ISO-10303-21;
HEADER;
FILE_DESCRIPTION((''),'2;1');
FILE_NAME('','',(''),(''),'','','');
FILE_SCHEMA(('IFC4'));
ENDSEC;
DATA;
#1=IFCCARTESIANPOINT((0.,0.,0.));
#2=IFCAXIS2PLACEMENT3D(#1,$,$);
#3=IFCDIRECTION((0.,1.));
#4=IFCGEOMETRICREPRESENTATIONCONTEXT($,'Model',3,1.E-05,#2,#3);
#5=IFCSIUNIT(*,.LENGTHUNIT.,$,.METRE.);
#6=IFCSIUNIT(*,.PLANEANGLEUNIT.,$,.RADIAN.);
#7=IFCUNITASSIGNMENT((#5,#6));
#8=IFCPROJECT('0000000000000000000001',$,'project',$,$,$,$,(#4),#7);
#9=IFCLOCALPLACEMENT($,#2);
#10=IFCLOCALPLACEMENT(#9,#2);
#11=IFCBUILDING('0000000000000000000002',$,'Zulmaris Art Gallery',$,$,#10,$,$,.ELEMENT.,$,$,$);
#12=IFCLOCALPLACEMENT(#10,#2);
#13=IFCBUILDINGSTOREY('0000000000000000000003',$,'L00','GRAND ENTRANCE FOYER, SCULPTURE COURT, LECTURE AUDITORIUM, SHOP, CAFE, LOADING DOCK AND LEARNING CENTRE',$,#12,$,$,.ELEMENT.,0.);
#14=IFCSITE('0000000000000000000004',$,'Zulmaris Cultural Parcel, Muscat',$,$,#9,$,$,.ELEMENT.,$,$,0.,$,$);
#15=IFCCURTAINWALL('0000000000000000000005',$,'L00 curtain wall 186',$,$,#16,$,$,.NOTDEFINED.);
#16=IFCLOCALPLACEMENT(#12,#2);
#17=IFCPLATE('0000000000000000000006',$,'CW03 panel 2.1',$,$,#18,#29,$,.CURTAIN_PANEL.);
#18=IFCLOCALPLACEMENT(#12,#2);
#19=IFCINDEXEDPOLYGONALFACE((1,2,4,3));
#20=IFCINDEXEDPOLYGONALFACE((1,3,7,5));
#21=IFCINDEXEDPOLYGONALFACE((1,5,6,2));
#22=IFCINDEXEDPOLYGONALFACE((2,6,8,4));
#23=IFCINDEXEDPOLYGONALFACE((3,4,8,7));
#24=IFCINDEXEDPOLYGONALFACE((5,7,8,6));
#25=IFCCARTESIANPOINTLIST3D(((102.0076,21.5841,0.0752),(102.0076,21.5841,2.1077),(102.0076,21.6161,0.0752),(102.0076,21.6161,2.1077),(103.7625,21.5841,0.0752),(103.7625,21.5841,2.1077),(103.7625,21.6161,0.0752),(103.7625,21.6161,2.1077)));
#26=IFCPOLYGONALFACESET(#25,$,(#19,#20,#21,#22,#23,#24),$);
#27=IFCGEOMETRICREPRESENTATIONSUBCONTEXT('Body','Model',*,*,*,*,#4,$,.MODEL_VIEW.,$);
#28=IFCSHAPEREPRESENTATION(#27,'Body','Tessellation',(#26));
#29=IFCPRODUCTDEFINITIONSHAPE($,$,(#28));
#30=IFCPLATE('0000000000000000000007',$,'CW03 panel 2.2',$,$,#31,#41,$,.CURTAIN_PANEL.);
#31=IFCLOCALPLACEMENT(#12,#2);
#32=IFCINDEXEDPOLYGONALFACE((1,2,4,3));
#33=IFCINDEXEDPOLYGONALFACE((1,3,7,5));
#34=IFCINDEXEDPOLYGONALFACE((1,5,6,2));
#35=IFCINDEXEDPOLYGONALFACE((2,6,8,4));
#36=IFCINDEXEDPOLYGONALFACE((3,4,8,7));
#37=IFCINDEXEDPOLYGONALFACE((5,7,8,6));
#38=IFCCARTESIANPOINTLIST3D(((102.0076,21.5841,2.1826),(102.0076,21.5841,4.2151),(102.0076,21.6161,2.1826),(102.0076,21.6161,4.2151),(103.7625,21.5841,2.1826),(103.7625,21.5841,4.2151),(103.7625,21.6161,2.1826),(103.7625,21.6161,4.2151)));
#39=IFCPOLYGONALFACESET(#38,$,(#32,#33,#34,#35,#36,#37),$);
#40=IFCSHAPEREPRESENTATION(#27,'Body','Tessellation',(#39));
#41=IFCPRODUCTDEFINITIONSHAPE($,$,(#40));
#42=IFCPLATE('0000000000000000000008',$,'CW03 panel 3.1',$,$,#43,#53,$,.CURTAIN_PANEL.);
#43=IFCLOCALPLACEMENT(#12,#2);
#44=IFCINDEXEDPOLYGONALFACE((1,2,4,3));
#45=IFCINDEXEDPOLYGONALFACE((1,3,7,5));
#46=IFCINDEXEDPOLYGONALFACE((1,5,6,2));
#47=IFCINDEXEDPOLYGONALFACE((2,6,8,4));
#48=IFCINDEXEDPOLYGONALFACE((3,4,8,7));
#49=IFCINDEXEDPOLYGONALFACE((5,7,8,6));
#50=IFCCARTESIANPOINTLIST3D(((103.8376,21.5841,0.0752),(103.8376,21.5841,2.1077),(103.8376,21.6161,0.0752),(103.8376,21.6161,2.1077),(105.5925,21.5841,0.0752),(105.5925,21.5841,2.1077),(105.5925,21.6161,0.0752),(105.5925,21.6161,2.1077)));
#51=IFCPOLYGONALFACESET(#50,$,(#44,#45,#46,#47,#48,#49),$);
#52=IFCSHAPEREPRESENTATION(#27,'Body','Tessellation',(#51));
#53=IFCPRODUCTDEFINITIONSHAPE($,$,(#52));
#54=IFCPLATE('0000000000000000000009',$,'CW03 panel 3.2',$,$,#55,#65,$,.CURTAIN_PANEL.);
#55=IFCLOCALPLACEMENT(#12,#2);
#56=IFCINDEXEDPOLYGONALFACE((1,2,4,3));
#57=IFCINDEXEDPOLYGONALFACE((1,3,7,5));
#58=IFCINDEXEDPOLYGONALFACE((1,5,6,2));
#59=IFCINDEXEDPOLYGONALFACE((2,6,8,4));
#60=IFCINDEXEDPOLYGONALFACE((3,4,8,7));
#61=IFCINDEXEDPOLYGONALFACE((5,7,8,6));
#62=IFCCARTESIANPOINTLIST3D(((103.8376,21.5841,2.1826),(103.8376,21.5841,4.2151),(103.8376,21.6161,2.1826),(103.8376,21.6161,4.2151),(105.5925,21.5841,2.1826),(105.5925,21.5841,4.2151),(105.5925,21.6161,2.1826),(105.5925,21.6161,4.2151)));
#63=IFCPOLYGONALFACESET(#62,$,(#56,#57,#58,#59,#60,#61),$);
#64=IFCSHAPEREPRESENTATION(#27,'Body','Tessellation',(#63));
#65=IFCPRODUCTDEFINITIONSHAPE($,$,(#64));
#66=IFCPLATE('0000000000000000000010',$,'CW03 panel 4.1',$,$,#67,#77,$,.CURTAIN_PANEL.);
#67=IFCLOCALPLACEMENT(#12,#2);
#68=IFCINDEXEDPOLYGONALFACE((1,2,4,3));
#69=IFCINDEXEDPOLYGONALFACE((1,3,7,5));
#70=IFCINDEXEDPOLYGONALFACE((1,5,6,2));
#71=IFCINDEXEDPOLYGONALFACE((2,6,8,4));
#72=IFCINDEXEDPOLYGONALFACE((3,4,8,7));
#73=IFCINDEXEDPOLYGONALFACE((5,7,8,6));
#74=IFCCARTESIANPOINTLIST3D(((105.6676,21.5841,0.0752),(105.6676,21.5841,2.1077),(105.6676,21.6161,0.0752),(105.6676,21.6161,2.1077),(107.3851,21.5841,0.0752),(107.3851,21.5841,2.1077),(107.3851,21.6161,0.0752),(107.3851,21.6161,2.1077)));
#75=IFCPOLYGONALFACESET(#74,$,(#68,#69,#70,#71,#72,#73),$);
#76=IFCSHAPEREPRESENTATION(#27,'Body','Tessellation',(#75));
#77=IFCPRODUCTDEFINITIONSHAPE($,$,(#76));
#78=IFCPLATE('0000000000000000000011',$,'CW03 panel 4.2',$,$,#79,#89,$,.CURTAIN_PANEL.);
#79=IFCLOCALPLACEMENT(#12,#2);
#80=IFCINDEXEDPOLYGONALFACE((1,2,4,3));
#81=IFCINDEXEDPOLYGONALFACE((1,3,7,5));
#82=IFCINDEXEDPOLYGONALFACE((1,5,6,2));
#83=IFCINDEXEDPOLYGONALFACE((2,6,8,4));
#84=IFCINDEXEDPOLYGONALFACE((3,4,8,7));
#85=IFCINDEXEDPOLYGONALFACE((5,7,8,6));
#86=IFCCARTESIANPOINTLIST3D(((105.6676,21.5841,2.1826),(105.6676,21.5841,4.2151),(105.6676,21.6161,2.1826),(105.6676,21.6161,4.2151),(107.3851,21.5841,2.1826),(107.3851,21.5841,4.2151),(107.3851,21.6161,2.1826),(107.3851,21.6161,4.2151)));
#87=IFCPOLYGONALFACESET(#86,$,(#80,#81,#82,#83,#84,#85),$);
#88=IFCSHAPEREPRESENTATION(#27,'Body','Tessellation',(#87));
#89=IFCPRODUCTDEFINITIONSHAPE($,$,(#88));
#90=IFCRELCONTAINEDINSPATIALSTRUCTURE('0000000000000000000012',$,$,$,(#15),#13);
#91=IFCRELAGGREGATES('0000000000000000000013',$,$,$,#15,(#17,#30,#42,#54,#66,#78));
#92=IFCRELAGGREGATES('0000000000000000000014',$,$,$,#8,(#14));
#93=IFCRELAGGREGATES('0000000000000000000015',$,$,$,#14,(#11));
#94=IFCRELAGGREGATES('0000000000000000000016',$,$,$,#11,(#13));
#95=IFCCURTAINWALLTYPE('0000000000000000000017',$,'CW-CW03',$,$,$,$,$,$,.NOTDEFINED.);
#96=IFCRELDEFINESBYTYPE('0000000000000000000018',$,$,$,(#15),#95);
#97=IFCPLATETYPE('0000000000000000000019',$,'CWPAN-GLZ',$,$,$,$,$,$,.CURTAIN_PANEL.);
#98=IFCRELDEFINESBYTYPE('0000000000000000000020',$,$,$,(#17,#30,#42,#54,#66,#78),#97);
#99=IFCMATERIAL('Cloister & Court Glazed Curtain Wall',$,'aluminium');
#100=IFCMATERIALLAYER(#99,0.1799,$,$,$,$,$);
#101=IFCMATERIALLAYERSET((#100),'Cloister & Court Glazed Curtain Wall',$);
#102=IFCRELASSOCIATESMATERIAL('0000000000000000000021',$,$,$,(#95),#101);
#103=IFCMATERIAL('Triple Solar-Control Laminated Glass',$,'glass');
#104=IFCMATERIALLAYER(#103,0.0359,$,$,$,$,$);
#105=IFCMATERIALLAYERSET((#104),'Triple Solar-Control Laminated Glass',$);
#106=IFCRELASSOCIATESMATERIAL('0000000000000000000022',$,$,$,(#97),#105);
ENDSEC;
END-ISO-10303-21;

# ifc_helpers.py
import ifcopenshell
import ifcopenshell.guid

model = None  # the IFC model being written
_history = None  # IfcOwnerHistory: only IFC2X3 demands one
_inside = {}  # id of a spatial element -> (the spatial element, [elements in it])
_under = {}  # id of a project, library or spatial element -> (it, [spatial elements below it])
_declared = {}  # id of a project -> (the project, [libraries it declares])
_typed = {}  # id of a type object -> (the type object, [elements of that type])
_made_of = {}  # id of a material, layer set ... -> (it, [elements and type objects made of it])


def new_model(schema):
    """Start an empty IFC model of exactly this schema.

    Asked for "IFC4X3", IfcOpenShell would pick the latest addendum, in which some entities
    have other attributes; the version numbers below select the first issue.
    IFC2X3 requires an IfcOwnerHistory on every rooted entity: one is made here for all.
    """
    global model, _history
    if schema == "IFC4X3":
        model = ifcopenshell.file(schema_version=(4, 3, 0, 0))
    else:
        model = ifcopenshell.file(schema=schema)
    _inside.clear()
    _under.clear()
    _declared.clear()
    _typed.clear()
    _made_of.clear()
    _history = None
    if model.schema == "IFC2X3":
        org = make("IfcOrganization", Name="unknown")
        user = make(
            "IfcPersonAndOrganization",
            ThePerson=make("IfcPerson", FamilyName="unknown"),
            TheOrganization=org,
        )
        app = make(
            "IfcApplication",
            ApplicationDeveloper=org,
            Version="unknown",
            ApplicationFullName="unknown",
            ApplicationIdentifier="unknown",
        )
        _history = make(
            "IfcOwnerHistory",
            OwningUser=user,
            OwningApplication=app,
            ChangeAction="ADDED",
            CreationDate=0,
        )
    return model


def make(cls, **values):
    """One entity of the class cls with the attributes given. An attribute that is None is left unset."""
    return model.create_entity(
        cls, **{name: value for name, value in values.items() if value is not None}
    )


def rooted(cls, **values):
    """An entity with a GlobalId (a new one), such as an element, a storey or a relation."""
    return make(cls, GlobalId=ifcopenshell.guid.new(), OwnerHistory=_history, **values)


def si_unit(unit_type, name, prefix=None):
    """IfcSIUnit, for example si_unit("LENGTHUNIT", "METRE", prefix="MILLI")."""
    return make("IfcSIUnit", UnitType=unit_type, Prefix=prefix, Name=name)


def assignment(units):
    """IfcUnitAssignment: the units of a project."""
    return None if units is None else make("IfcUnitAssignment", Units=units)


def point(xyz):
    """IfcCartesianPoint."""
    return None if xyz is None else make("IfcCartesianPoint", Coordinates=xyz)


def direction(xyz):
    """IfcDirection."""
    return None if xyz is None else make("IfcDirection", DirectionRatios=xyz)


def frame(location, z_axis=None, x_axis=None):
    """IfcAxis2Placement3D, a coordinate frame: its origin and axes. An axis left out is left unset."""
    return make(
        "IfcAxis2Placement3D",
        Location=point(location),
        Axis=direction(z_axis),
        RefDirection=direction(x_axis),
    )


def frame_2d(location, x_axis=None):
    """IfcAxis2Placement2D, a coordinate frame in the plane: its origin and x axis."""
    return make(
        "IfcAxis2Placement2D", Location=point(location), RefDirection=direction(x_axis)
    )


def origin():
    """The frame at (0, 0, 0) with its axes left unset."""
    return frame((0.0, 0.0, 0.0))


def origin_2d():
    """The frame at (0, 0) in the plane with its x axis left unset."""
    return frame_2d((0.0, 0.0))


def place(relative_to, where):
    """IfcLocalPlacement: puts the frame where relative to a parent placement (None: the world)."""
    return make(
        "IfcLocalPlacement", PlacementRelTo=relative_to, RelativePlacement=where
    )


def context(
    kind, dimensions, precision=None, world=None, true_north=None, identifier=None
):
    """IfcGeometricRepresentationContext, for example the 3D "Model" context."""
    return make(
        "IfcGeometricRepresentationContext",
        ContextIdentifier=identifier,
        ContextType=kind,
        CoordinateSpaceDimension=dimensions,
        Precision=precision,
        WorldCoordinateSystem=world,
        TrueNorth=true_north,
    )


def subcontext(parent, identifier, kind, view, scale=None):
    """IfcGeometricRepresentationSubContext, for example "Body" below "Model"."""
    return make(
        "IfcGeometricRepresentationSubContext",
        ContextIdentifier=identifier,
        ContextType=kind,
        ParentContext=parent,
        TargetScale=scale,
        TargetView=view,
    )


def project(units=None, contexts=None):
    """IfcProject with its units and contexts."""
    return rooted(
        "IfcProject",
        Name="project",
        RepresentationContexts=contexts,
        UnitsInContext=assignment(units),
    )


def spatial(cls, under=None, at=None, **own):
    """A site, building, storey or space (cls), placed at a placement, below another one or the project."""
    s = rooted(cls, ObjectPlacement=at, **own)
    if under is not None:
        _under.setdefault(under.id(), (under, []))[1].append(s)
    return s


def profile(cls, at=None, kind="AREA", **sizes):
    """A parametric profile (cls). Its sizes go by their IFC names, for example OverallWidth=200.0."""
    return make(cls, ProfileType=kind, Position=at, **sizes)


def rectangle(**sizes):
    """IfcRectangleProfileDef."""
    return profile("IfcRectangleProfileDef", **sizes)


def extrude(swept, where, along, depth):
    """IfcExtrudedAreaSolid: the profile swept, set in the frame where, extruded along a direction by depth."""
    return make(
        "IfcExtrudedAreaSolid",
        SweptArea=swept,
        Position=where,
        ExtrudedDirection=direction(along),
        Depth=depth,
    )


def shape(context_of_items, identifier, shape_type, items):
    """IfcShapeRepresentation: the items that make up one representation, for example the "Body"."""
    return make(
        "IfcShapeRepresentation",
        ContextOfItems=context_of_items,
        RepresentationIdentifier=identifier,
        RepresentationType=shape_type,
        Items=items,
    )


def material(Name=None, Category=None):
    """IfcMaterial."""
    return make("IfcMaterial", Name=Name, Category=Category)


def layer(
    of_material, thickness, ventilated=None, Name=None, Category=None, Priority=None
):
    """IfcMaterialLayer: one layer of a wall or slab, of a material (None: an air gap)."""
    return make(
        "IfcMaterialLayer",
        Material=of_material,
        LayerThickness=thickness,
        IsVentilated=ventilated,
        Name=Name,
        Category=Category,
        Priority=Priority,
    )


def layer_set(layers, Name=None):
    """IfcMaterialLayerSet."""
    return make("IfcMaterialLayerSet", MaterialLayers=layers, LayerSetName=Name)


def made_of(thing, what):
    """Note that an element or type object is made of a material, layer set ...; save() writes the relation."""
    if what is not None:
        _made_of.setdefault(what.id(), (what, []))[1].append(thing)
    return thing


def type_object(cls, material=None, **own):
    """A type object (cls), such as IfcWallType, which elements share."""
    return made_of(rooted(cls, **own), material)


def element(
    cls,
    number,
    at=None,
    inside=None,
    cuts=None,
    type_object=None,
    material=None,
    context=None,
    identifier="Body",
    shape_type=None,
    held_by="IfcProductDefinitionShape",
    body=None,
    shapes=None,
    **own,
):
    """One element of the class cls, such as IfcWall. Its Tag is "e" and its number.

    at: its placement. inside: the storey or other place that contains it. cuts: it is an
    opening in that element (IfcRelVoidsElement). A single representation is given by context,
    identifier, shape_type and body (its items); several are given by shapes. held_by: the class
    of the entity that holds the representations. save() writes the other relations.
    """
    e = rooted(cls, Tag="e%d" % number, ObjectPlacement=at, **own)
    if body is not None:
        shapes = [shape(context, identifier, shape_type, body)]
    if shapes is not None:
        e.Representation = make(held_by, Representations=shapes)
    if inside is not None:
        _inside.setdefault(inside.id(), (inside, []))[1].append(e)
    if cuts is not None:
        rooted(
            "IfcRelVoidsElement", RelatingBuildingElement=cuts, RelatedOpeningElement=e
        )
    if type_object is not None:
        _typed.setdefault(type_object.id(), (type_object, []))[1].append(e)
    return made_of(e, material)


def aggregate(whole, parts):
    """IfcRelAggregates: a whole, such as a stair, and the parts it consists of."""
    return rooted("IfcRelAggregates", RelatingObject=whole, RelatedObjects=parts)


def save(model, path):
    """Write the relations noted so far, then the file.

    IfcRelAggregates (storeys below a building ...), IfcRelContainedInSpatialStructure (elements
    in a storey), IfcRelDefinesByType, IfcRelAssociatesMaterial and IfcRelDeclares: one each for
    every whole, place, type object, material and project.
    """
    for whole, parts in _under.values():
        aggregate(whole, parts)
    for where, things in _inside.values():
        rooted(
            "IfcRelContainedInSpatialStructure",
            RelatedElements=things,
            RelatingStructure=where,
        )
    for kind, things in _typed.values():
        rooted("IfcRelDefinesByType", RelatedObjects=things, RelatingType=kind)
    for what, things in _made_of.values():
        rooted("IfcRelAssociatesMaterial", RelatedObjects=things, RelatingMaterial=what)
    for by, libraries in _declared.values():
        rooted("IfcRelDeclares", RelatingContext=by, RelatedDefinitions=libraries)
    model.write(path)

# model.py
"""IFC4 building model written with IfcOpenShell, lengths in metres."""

from ifc_helpers import new_model, si_unit, direction, frame, origin, origin_2d, place, context, subcontext, project, spatial, rectangle, extrude, material, layer, layer_set, type_object, element, aggregate, save


model = new_model("IFC4")

# Units and contexts
model_context = context("Model", 3, precision=1e-05, world=origin(), true_north=direction((0.0, 1.0)))
body_context = subcontext(model_context, "Body", "Model", "MODEL_VIEW")
ifc_project = project(units=[si_unit("LENGTHUNIT", "METRE"), si_unit("PLANEANGLEUNIT", "RADIAN")], contexts=[model_context])

# Site, building, storey
site_placement = place(None, origin())
site = spatial("IfcSite", under=ifc_project, at=site_placement, Name="Zulmaris Cultural Parcel, Muscat", CompositionType="ELEMENT", RefElevation=0.0)
building_placement = place(site_placement, origin())
building = spatial("IfcBuilding", under=site, at=building_placement, Name="Zulmaris Art Gallery", CompositionType="ELEMENT")
storey_placement = place(building_placement, origin())
storey = spatial("IfcBuildingStorey", under=building, at=storey_placement, Name="L00", Description="GRAND ENTRANCE FOYER, SCULPTURE COURT, LECTURE AUDITORIUM, SHOP, CAFE, LOADING DOCK AND LEARNING CENTRE", CompositionType="ELEMENT", Elevation=0.0)

# Shared definitions
ifc_material_1 = material(Name="Cloister & Court Glazed Curtain Wall", Category="aluminium")
ifc_layer_1 = layer(ifc_material_1, 0.1799)
ifc_layer_set_1 = layer_set([ifc_layer_1], Name="Cloister & Court Glazed Curtain Wall")
curtain_wall_type = type_object("IfcCurtainWallType", Name="CW-CW03", PredefinedType="NOTDEFINED", material=ifc_layer_set_1)

# Curtain wall
curtain_wall_1_placement = place(storey_placement, origin())
curtain_wall_1 = element("IfcCurtainWall", 1, at=curtain_wall_1_placement, inside=storey, type_object=curtain_wall_type, Name="L00 curtain wall 186", PredefinedType="NOTDEFINED")

# Plates
ifc_material_2 = material(Name="Triple Solar-Control Laminated Glass", Category="glass")
ifc_layer_2 = layer(ifc_material_2, 0.0359)
ifc_layer_set_2 = layer_set([ifc_layer_2], Name="Triple Solar-Control Laminated Glass")
plate_type = type_object("IfcPlateType", Name="CWPAN-GLZ", PredefinedType="CURTAIN_PANEL", material=ifc_layer_set_2)
plate_1_placement = place(storey_placement, frame((102.885, 21.6001, 0.0752), z_axis=(0.0, 0.0, 1.0), x_axis=(1.0, 0.0, 0.0)))
plate_1 = element("IfcPlate", 2, at=plate_1_placement, type_object=plate_type, Name="CW03 panel 2.1", PredefinedType="CURTAIN_PANEL", context=body_context, shape_type="SweptSolid", body=[
    extrude(rectangle(XDim=1.7549, YDim=0.032, at=origin_2d()), origin(), (0.0, 0.0, 1.0), 2.0325),
])
plate_2_placement = place(storey_placement, frame((102.885, 21.6001, 2.1826), z_axis=(0.0, 0.0, 1.0), x_axis=(1.0, 0.0, 0.0)))
plate_2 = element("IfcPlate", 3, at=plate_2_placement, type_object=plate_type, Name="CW03 panel 2.2", PredefinedType="CURTAIN_PANEL", context=body_context, shape_type="SweptSolid", body=[
    extrude(rectangle(XDim=1.7549, YDim=0.032, at=origin_2d()), origin(), (0.0, 0.0, 1.0), 2.0325),
])
plate_3_placement = place(storey_placement, frame((104.7151, 21.6001, 0.0752), z_axis=(0.0, 0.0, 1.0), x_axis=(1.0, 0.0, 0.0)))
plate_3 = element("IfcPlate", 4, at=plate_3_placement, type_object=plate_type, Name="CW03 panel 3.1", PredefinedType="CURTAIN_PANEL", context=body_context, shape_type="SweptSolid", body=[
    extrude(rectangle(XDim=1.7549, YDim=0.032, at=origin_2d()), origin(), (0.0, 0.0, 1.0), 2.0325),
])
plate_4_placement = place(storey_placement, frame((104.7151, 21.6001, 2.1826), z_axis=(0.0, 0.0, 1.0), x_axis=(1.0, 0.0, 0.0)))
plate_4 = element("IfcPlate", 5, at=plate_4_placement, type_object=plate_type, Name="CW03 panel 3.2", PredefinedType="CURTAIN_PANEL", context=body_context, shape_type="SweptSolid", body=[
    extrude(rectangle(XDim=1.7549, YDim=0.032, at=origin_2d()), origin(), (0.0, 0.0, 1.0), 2.0325),
])
plate_5_placement = place(storey_placement, frame((106.5264, 21.6001, 0.0752), z_axis=(0.0, 0.0, 1.0), x_axis=(1.0, 0.0, 0.0)))
plate_5 = element("IfcPlate", 6, at=plate_5_placement, type_object=plate_type, Name="CW03 panel 4.1", PredefinedType="CURTAIN_PANEL", context=body_context, shape_type="SweptSolid", body=[
    extrude(rectangle(XDim=1.7175, YDim=0.032, at=origin_2d()), origin(), (0.0, 0.0, 1.0), 2.0325),
])
plate_6_placement = place(storey_placement, frame((106.5264, 21.6001, 2.1826), z_axis=(0.0, 0.0, 1.0), x_axis=(1.0, 0.0, 0.0)))
plate_6 = element("IfcPlate", 7, at=plate_6_placement, type_object=plate_type, Name="CW03 panel 4.2", PredefinedType="CURTAIN_PANEL", context=body_context, shape_type="SweptSolid", body=[
    extrude(rectangle(XDim=1.7175, YDim=0.032, at=origin_2d()), origin(), (0.0, 0.0, 1.0), 2.0325),
])
aggregate(curtain_wall_1, [plate_1, plate_2, plate_3, plate_4, plate_5, plate_6])

save(model, "model.ifc")
